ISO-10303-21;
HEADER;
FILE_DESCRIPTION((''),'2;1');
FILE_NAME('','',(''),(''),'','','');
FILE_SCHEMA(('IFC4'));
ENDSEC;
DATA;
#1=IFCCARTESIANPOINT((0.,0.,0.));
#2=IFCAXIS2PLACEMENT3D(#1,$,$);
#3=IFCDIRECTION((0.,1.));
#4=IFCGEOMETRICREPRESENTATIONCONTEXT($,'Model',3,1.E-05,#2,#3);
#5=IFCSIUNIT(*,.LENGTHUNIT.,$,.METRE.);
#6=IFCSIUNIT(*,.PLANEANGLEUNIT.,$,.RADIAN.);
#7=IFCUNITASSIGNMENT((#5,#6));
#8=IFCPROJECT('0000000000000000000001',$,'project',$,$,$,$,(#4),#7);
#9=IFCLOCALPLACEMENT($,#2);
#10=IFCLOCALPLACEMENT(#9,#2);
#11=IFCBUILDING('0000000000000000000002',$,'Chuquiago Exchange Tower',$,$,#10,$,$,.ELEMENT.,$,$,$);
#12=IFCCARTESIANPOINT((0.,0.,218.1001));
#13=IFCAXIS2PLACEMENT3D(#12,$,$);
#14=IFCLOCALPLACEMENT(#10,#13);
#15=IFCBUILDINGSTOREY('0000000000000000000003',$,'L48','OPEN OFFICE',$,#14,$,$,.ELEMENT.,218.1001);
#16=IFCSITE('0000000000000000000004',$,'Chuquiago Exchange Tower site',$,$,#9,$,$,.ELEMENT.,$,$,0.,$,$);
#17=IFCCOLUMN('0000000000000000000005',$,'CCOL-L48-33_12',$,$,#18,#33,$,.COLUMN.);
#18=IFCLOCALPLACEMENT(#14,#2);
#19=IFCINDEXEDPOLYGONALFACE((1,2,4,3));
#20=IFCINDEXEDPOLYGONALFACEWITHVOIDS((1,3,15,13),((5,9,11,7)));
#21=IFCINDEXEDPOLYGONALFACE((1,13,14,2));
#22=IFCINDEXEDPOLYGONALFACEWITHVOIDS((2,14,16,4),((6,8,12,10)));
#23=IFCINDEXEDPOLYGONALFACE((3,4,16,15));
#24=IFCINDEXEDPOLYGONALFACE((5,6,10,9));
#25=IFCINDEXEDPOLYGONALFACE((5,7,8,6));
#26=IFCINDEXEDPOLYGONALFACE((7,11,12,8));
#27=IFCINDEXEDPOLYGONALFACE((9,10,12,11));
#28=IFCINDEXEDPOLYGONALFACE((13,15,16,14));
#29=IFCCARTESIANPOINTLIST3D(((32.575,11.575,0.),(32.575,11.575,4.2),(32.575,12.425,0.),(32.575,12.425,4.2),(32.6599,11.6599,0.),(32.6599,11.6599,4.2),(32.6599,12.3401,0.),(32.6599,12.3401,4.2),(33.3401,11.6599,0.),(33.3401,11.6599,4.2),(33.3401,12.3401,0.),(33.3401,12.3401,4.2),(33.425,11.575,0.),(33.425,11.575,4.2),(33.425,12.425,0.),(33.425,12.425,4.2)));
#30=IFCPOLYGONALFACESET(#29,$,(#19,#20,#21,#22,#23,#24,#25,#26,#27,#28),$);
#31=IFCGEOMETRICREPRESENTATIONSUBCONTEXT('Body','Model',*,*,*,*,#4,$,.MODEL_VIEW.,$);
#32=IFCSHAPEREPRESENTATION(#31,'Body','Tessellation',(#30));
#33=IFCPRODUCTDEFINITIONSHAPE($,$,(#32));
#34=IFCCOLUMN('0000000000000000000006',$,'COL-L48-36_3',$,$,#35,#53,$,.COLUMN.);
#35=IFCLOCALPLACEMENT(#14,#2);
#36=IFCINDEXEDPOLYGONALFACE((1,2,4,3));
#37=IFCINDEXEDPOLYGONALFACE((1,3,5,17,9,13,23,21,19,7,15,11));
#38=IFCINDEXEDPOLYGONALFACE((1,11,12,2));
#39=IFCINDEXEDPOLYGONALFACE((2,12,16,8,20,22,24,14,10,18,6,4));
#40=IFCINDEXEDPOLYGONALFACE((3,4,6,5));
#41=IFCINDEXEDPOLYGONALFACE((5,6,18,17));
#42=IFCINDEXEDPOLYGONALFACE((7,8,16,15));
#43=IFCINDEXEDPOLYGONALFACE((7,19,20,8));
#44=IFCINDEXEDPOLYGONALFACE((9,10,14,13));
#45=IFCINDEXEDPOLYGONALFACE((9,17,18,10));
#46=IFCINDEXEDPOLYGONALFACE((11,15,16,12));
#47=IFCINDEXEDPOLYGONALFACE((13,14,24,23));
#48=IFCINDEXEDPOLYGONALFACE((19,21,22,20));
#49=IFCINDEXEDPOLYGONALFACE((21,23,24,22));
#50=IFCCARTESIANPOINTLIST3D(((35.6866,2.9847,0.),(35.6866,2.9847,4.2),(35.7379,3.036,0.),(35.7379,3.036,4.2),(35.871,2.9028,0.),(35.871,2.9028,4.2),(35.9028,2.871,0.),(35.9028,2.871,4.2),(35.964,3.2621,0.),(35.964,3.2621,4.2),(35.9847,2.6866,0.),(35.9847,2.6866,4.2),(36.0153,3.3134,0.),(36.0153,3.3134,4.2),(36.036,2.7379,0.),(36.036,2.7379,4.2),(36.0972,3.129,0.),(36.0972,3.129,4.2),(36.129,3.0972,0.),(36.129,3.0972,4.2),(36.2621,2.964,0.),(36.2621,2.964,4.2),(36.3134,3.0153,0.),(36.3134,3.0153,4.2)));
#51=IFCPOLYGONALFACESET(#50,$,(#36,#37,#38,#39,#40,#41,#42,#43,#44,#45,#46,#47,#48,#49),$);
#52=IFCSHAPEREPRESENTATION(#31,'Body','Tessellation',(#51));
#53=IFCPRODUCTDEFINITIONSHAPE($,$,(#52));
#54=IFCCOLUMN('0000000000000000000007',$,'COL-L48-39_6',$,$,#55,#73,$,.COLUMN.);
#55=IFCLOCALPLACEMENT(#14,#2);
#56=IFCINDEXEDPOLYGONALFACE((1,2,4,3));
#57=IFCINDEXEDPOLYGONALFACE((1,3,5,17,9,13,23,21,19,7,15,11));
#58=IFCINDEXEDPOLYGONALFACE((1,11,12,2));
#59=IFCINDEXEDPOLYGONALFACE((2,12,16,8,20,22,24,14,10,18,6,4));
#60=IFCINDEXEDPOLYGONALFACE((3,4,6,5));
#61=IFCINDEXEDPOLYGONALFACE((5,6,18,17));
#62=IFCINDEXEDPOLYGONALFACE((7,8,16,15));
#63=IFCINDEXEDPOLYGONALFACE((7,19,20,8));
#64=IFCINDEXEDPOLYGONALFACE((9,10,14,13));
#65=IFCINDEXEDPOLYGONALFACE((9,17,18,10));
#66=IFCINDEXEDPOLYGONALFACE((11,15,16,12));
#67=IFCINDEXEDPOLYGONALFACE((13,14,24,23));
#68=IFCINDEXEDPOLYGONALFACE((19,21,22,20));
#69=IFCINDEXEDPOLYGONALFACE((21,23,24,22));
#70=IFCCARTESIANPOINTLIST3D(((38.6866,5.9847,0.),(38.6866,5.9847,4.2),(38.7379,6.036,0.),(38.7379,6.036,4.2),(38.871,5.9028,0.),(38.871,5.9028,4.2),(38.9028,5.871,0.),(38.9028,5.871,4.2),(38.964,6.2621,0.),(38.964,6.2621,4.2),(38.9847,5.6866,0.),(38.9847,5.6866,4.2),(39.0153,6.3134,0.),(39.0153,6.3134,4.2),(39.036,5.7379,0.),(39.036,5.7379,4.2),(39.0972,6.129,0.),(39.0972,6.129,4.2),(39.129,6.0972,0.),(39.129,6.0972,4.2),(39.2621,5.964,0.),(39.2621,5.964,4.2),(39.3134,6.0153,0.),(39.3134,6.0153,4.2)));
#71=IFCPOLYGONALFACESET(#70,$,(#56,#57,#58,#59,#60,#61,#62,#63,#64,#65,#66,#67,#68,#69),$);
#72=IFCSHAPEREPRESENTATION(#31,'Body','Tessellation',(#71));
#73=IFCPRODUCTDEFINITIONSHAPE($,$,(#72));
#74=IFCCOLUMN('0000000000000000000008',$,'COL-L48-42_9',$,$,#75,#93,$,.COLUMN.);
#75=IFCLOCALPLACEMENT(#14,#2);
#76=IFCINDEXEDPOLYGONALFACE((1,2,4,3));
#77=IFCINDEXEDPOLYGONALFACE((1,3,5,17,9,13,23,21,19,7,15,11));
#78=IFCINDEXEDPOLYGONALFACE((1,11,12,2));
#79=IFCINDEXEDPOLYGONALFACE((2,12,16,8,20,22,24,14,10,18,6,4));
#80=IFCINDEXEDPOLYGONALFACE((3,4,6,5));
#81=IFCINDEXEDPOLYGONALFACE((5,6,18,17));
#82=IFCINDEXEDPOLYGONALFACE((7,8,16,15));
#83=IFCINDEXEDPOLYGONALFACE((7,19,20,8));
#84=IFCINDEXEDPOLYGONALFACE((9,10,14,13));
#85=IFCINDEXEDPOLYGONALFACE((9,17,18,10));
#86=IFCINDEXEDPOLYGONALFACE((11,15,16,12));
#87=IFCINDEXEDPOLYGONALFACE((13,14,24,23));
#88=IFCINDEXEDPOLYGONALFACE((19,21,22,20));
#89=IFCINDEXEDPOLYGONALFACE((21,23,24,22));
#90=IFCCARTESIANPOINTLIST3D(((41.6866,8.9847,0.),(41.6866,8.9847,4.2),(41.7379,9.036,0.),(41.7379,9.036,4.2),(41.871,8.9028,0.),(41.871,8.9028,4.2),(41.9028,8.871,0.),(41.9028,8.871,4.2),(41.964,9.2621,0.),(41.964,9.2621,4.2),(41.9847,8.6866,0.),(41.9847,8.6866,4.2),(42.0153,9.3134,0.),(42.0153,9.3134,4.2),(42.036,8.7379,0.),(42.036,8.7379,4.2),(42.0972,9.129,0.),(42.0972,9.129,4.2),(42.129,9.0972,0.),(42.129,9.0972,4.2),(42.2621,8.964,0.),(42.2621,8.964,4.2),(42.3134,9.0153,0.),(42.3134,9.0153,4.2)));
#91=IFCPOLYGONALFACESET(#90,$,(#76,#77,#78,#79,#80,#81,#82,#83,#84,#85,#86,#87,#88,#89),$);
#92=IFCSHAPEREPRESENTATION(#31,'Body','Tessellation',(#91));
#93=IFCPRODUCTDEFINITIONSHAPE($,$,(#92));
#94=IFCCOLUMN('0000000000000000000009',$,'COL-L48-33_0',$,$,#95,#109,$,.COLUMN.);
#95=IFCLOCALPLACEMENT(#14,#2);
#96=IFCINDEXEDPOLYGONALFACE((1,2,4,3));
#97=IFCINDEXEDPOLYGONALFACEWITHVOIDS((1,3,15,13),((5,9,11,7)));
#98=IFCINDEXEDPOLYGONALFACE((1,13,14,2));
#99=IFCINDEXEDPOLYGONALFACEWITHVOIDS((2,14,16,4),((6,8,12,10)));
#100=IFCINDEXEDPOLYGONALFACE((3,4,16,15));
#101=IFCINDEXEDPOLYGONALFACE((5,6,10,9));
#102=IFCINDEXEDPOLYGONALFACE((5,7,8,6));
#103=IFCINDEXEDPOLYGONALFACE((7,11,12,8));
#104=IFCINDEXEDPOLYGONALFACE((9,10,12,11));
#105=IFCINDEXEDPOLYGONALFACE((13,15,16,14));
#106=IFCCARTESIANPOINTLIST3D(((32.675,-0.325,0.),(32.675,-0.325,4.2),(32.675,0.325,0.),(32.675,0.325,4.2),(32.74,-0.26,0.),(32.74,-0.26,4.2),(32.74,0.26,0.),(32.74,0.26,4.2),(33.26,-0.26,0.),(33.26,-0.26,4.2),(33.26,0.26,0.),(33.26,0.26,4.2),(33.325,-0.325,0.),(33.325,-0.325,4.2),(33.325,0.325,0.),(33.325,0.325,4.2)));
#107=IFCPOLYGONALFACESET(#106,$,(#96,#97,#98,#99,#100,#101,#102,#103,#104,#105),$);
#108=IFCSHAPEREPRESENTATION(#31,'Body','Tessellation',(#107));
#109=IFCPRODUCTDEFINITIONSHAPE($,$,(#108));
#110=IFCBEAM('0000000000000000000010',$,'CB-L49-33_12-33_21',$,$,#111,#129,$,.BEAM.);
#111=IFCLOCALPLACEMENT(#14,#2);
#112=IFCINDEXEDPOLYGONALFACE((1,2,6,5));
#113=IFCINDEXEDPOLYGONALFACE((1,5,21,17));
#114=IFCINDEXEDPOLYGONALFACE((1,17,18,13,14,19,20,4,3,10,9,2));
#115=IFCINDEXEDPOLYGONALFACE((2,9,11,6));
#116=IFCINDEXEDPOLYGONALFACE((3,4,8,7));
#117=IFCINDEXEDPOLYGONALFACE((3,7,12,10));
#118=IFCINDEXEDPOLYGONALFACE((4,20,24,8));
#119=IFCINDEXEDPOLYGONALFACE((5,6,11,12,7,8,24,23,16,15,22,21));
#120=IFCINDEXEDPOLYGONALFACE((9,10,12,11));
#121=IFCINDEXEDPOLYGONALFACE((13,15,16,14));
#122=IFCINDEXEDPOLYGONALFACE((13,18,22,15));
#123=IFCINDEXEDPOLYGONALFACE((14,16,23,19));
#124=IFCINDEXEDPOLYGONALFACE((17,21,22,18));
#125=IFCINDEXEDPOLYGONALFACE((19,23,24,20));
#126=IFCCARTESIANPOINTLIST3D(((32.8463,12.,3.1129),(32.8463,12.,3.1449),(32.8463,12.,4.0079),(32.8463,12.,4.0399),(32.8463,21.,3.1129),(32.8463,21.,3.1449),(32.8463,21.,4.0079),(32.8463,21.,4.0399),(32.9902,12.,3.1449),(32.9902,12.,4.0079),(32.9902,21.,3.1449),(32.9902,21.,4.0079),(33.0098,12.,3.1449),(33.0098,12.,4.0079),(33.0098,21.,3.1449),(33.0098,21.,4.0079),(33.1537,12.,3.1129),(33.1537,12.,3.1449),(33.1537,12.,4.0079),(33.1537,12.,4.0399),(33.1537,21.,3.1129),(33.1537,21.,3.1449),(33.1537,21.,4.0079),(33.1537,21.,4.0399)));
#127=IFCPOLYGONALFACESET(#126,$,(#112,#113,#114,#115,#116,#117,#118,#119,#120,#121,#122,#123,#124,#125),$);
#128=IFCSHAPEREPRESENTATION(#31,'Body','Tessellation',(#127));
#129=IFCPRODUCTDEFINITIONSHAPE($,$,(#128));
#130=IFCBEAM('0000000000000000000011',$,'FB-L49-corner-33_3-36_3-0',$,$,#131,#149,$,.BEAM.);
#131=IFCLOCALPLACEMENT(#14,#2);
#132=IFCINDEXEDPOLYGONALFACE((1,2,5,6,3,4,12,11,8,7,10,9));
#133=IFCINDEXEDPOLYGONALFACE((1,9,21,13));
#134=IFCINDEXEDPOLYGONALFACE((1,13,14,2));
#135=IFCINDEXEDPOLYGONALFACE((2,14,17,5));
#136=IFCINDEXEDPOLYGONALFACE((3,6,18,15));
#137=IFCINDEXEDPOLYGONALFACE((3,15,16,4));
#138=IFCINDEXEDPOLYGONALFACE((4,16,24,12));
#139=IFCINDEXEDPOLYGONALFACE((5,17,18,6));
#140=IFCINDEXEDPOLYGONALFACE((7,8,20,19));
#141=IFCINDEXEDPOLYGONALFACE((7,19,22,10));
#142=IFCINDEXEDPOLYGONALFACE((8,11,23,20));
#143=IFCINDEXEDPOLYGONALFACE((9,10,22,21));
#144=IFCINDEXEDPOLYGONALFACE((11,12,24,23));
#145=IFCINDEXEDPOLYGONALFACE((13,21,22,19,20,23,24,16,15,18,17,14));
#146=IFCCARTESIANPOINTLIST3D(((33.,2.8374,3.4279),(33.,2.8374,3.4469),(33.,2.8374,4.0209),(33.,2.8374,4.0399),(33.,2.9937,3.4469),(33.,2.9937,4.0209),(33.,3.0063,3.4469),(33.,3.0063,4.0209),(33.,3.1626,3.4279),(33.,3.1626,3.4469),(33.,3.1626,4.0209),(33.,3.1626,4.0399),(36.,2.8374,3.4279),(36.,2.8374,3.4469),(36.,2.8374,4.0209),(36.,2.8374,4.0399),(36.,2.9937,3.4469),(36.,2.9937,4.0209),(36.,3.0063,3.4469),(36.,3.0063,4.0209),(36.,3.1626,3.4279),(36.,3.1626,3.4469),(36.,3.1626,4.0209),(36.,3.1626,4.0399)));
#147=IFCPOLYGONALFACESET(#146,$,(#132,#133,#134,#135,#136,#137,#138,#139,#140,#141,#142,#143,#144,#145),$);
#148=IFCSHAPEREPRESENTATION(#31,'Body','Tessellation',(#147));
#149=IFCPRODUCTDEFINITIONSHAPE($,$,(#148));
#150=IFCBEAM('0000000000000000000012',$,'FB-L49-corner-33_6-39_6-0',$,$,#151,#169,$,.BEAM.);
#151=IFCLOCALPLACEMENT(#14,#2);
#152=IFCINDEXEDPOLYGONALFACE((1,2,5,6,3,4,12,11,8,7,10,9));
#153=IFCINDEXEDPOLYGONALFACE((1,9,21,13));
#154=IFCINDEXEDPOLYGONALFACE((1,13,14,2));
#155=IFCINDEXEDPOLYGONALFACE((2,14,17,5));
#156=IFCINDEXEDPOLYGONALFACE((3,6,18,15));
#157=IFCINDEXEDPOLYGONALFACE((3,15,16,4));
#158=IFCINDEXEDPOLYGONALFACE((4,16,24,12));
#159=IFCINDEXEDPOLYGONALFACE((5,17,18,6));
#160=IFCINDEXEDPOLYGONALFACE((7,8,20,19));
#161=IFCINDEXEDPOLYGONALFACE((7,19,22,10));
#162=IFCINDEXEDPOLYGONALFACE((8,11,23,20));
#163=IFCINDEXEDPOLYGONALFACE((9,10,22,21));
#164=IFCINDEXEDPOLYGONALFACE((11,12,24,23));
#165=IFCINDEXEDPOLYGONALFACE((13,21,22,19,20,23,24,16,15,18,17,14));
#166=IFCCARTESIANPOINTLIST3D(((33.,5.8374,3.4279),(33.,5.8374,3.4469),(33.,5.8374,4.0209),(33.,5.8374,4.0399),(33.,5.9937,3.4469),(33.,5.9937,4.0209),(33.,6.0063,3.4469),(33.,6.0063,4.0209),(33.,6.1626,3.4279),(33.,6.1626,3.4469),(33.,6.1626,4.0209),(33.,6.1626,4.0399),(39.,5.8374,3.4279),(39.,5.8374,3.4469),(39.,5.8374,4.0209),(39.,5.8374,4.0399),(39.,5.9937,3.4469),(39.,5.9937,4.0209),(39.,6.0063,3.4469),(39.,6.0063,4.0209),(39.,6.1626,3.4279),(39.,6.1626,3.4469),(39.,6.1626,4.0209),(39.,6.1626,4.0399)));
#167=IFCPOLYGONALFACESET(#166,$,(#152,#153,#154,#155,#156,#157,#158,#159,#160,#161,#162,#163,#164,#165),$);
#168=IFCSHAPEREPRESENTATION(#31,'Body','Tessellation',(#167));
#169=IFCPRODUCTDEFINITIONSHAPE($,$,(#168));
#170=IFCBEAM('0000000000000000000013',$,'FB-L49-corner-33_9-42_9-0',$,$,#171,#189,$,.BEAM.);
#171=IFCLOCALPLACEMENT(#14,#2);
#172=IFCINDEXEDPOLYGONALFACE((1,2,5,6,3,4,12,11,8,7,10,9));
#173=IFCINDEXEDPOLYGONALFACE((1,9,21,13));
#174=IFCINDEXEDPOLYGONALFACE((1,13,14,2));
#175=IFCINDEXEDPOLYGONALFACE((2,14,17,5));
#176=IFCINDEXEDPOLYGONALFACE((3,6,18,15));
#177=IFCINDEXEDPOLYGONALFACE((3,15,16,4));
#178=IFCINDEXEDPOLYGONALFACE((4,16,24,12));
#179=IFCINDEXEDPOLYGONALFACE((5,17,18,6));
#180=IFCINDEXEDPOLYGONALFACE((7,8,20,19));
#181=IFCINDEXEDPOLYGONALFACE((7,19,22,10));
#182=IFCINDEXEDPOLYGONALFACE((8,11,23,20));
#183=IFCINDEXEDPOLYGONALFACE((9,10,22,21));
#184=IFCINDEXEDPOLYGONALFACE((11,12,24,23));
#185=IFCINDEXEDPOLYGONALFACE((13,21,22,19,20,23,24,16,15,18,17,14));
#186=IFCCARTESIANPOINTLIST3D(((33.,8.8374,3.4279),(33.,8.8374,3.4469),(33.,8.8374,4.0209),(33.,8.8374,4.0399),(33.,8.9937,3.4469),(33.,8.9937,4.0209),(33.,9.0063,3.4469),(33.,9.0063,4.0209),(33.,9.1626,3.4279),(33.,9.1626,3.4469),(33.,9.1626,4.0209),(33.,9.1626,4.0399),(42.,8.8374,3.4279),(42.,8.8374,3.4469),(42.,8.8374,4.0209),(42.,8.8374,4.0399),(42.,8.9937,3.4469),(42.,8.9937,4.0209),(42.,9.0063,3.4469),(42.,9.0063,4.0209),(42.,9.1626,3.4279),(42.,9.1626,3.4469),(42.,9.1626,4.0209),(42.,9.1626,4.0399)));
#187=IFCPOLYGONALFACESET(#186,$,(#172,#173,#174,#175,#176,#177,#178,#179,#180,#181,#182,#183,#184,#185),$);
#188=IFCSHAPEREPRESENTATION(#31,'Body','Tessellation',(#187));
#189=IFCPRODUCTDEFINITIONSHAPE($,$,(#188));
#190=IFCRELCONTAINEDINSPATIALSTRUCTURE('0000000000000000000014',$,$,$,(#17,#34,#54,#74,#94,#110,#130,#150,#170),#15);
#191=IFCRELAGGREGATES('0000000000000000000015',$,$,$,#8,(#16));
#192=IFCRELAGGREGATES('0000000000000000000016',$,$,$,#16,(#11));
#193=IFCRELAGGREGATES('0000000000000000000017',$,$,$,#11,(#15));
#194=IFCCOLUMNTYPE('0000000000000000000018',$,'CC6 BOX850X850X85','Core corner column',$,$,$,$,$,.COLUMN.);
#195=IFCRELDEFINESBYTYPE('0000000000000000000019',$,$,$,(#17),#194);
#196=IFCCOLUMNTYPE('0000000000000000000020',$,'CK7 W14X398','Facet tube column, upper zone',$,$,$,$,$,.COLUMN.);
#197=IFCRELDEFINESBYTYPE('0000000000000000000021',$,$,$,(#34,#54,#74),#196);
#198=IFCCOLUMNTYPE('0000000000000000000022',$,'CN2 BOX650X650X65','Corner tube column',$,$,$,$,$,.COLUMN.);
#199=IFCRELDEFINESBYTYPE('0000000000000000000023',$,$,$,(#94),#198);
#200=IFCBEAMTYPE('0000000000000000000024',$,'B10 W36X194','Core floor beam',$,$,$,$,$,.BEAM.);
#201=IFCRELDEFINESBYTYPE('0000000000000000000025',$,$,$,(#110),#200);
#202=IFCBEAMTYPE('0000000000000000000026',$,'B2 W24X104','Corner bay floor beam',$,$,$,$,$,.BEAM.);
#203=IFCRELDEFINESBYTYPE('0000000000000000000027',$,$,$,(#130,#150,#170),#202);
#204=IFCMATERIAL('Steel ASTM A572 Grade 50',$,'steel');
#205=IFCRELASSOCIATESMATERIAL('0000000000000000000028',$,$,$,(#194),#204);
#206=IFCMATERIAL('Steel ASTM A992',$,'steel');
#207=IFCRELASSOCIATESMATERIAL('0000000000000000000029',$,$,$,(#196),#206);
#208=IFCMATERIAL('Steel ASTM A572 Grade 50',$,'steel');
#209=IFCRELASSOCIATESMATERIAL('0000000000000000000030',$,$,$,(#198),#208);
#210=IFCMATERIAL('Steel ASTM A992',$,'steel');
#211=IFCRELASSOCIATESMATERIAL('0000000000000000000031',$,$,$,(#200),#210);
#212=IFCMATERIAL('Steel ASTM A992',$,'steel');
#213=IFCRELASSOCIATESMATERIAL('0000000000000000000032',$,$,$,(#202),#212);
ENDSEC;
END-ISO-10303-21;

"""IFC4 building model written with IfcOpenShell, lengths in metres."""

from ifc_helpers import new_model, si_unit, direction, frame, origin, origin_2d, place, context, subcontext, project, spatial, hollow_rectangle, i_section, extrude, material, material_profile, profile_set, type_object, element, save


model = new_model("IFC4")

# Units and contexts
model_context = context("Model", 3, precision=1e-05, world=origin(), true_north=direction((0.0, 1.0)))
body_context = subcontext(model_context, "Body", "Model", "MODEL_VIEW")
ifc_project = project(units=[si_unit("LENGTHUNIT", "METRE"), si_unit("PLANEANGLEUNIT", "RADIAN")], contexts=[model_context])

# Site, building, storey
site_placement = place(None, origin())
site = spatial("IfcSite", under=ifc_project, at=site_placement, Name="Chuquiago Exchange Tower site", CompositionType="ELEMENT", RefElevation=0.0)
building_placement = place(site_placement, origin())
building = spatial("IfcBuilding", under=site, at=building_placement, Name="Chuquiago Exchange Tower", CompositionType="ELEMENT")
storey_placement = place(building_placement, frame((0.0, 0.0, 218.1001)))
storey = spatial("IfcBuildingStorey", under=building, at=storey_placement, Name="L48", Description="OPEN OFFICE", CompositionType="ELEMENT", Elevation=218.1001)

# Columns
ifc_material_1 = material(Name="Steel ASTM A572 Grade 50", Category="steel")
ifc_material_profile_1 = material_profile(ifc_material_1, hollow_rectangle(XDim=0.8501, YDim=0.8501, WallThickness=0.085, at=origin_2d()), Name="BOX850X850X85")
ifc_profile_set_1 = profile_set([ifc_material_profile_1], Name="Steel ASTM A572 Grade 50")
column_type_1 = type_object("IfcColumnType", Name="CC6 BOX850X850X85", Description="Core corner column", PredefinedType="COLUMN", material=ifc_profile_set_1)
column_1_placement = place(storey_placement, frame((33.0, 12.0, 0.0), z_axis=(0.0, 0.0, 1.0), x_axis=(1.0, 0.0, 0.0)))
element("IfcColumn", 1, at=column_1_placement, inside=storey, type_object=column_type_1, Name="CCOL-L48-33_12", PredefinedType="COLUMN", context=body_context, shape_type="SweptSolid", body=[
    extrude(hollow_rectangle(XDim=0.8501, YDim=0.8501, WallThickness=0.085, at=origin_2d()), origin(), (0.0, 0.0, 1.0), 4.2),
])
ifc_material_2 = material(Name="Steel ASTM A992", Category="steel")
ifc_material_profile_2 = material_profile(ifc_material_2, i_section(OverallWidth=0.4216, OverallDepth=0.4648, WebThickness=0.0449, FlangeThickness=0.0725, at=origin_2d()), Name="W14X398")
ifc_profile_set_2 = profile_set([ifc_material_profile_2], Name="Steel ASTM A992")
column_type_2 = type_object("IfcColumnType", Name="CK7 W14X398", Description="Facet tube column, upper zone", PredefinedType="COLUMN", material=ifc_profile_set_2)
for number, where, z_axis, x_axis, name in (
    (2, (36.0, 3.0, 0.0), (0.0, 0.0, 1.0), (0.707107, -0.707107, 0.0), "COL-L48-36_3"),
    (3, (39.0, 6.0, 0.0), (0.0, 0.0, 1.0), (0.707107, -0.707107, 0.0), "COL-L48-39_6"),
    (4, (42.0, 9.0, 0.0), (0.0, 0.0, 1.0), (0.707107, -0.707107, 0.0), "COL-L48-42_9"),
):
    element("IfcColumn", number, at=place(storey_placement, frame(where, z_axis=z_axis, x_axis=x_axis)), inside=storey, type_object=column_type_2, Name=name, PredefinedType="COLUMN", context=body_context, shape_type="SweptSolid", body=[
        extrude(i_section(OverallWidth=0.4216, OverallDepth=0.4648, WebThickness=0.0449, FlangeThickness=0.0725, at=origin_2d()), origin(), (0.0, 0.0, 1.0), 4.2),
    ])
ifc_material_3 = material(Name="Steel ASTM A572 Grade 50", Category="steel")
ifc_material_profile_3 = material_profile(ifc_material_3, hollow_rectangle(XDim=0.6499, YDim=0.6499, WallThickness=0.0649, at=origin_2d()), Name="BOX650X650X65")
ifc_profile_set_3 = profile_set([ifc_material_profile_3], Name="Steel ASTM A572 Grade 50")
column_type_3 = type_object("IfcColumnType", Name="CN2 BOX650X650X65", Description="Corner tube column", PredefinedType="COLUMN", material=ifc_profile_set_3)
column_2_placement = place(storey_placement, frame((33.0, 0.0, 0.0), z_axis=(0.0, 0.0, 1.0), x_axis=(0.0, -1.0, 0.0)))
element("IfcColumn", 5, at=column_2_placement, inside=storey, type_object=column_type_3, Name="COL-L48-33_0", PredefinedType="COLUMN", context=body_context, shape_type="SweptSolid", body=[
    extrude(hollow_rectangle(XDim=0.6499, YDim=0.6499, WallThickness=0.0649, at=origin_2d()), origin(), (0.0, 0.0, 1.0), 4.2),
])

# Beams
ifc_material_4 = material(Name="Steel ASTM A992", Category="steel")
ifc_material_profile_4 = material_profile(ifc_material_4, i_section(OverallWidth=0.3074, OverallDepth=0.927, WebThickness=0.0195, FlangeThickness=0.032, at=origin_2d()), Name="W36X194")
ifc_profile_set_4 = profile_set([ifc_material_profile_4], Name="Steel ASTM A992")
beam_type_1 = type_object("IfcBeamType", Name="B10 W36X194", Description="Core floor beam", PredefinedType="BEAM", material=ifc_profile_set_4)
beam_1_placement = place(storey_placement, frame((33.0, 12.0, 3.5764), z_axis=(0.0, 1.0, 0.0), x_axis=(-1.0, 0.0, 0.0)))
element("IfcBeam", 6, at=beam_1_placement, inside=storey, type_object=beam_type_1, Name="CB-L49-33_12-33_21", PredefinedType="BEAM", context=body_context, shape_type="SweptSolid", body=[
    extrude(i_section(OverallWidth=0.3074, OverallDepth=0.927, WebThickness=0.0195, FlangeThickness=0.032, at=origin_2d()), origin(), (0.0, 0.0, 1.0), 9.0),
])
ifc_material_5 = material(Name="Steel ASTM A992", Category="steel")
ifc_material_profile_5 = material_profile(ifc_material_5, i_section(OverallWidth=0.3252, OverallDepth=0.6121, WebThickness=0.0127, FlangeThickness=0.019, at=origin_2d()), Name="W24X104")
ifc_profile_set_5 = profile_set([ifc_material_profile_5], Name="Steel ASTM A992")
beam_type_2 = type_object("IfcBeamType", Name="B2 W24X104", Description="Corner bay floor beam", PredefinedType="BEAM", material=ifc_profile_set_5)
beam_2_placement = place(storey_placement, frame((33.0, 3.0, 3.7339), z_axis=(1.0, 0.0, 0.0), x_axis=(0.0, 1.0, 0.0)))
element("IfcBeam", 7, at=beam_2_placement, inside=storey, type_object=beam_type_2, Name="FB-L49-corner-33_3-36_3-0", PredefinedType="BEAM", context=body_context, shape_type="SweptSolid", body=[
    extrude(i_section(OverallWidth=0.3252, OverallDepth=0.6121, WebThickness=0.0127, FlangeThickness=0.019, at=origin_2d()), origin(), (0.0, 0.0, 1.0), 3.0),
])
beam_3_placement = place(storey_placement, frame((33.0, 6.0, 3.7339), z_axis=(1.0, 0.0, 0.0), x_axis=(0.0, 1.0, 0.0)))
element("IfcBeam", 8, at=beam_3_placement, inside=storey, type_object=beam_type_2, Name="FB-L49-corner-33_6-39_6-0", PredefinedType="BEAM", context=body_context, shape_type="SweptSolid", body=[
    extrude(i_section(OverallWidth=0.3252, OverallDepth=0.6121, WebThickness=0.0127, FlangeThickness=0.019, at=origin_2d()), origin(), (0.0, 0.0, 1.0), 6.0),
])
beam_4_placement = place(storey_placement, frame((33.0, 9.0, 3.7339), z_axis=(1.0, 0.0, 0.0), x_axis=(0.0, 1.0, 0.0)))
element("IfcBeam", 9, at=beam_4_placement, inside=storey, type_object=beam_type_2, Name="FB-L49-corner-33_9-42_9-0", PredefinedType="BEAM", context=body_context, shape_type="SweptSolid", body=[
    extrude(i_section(OverallWidth=0.3252, OverallDepth=0.6121, WebThickness=0.0127, FlangeThickness=0.019, at=origin_2d()), origin(), (0.0, 0.0, 1.0), 9.0),
])

save(model, "model.ifc")
